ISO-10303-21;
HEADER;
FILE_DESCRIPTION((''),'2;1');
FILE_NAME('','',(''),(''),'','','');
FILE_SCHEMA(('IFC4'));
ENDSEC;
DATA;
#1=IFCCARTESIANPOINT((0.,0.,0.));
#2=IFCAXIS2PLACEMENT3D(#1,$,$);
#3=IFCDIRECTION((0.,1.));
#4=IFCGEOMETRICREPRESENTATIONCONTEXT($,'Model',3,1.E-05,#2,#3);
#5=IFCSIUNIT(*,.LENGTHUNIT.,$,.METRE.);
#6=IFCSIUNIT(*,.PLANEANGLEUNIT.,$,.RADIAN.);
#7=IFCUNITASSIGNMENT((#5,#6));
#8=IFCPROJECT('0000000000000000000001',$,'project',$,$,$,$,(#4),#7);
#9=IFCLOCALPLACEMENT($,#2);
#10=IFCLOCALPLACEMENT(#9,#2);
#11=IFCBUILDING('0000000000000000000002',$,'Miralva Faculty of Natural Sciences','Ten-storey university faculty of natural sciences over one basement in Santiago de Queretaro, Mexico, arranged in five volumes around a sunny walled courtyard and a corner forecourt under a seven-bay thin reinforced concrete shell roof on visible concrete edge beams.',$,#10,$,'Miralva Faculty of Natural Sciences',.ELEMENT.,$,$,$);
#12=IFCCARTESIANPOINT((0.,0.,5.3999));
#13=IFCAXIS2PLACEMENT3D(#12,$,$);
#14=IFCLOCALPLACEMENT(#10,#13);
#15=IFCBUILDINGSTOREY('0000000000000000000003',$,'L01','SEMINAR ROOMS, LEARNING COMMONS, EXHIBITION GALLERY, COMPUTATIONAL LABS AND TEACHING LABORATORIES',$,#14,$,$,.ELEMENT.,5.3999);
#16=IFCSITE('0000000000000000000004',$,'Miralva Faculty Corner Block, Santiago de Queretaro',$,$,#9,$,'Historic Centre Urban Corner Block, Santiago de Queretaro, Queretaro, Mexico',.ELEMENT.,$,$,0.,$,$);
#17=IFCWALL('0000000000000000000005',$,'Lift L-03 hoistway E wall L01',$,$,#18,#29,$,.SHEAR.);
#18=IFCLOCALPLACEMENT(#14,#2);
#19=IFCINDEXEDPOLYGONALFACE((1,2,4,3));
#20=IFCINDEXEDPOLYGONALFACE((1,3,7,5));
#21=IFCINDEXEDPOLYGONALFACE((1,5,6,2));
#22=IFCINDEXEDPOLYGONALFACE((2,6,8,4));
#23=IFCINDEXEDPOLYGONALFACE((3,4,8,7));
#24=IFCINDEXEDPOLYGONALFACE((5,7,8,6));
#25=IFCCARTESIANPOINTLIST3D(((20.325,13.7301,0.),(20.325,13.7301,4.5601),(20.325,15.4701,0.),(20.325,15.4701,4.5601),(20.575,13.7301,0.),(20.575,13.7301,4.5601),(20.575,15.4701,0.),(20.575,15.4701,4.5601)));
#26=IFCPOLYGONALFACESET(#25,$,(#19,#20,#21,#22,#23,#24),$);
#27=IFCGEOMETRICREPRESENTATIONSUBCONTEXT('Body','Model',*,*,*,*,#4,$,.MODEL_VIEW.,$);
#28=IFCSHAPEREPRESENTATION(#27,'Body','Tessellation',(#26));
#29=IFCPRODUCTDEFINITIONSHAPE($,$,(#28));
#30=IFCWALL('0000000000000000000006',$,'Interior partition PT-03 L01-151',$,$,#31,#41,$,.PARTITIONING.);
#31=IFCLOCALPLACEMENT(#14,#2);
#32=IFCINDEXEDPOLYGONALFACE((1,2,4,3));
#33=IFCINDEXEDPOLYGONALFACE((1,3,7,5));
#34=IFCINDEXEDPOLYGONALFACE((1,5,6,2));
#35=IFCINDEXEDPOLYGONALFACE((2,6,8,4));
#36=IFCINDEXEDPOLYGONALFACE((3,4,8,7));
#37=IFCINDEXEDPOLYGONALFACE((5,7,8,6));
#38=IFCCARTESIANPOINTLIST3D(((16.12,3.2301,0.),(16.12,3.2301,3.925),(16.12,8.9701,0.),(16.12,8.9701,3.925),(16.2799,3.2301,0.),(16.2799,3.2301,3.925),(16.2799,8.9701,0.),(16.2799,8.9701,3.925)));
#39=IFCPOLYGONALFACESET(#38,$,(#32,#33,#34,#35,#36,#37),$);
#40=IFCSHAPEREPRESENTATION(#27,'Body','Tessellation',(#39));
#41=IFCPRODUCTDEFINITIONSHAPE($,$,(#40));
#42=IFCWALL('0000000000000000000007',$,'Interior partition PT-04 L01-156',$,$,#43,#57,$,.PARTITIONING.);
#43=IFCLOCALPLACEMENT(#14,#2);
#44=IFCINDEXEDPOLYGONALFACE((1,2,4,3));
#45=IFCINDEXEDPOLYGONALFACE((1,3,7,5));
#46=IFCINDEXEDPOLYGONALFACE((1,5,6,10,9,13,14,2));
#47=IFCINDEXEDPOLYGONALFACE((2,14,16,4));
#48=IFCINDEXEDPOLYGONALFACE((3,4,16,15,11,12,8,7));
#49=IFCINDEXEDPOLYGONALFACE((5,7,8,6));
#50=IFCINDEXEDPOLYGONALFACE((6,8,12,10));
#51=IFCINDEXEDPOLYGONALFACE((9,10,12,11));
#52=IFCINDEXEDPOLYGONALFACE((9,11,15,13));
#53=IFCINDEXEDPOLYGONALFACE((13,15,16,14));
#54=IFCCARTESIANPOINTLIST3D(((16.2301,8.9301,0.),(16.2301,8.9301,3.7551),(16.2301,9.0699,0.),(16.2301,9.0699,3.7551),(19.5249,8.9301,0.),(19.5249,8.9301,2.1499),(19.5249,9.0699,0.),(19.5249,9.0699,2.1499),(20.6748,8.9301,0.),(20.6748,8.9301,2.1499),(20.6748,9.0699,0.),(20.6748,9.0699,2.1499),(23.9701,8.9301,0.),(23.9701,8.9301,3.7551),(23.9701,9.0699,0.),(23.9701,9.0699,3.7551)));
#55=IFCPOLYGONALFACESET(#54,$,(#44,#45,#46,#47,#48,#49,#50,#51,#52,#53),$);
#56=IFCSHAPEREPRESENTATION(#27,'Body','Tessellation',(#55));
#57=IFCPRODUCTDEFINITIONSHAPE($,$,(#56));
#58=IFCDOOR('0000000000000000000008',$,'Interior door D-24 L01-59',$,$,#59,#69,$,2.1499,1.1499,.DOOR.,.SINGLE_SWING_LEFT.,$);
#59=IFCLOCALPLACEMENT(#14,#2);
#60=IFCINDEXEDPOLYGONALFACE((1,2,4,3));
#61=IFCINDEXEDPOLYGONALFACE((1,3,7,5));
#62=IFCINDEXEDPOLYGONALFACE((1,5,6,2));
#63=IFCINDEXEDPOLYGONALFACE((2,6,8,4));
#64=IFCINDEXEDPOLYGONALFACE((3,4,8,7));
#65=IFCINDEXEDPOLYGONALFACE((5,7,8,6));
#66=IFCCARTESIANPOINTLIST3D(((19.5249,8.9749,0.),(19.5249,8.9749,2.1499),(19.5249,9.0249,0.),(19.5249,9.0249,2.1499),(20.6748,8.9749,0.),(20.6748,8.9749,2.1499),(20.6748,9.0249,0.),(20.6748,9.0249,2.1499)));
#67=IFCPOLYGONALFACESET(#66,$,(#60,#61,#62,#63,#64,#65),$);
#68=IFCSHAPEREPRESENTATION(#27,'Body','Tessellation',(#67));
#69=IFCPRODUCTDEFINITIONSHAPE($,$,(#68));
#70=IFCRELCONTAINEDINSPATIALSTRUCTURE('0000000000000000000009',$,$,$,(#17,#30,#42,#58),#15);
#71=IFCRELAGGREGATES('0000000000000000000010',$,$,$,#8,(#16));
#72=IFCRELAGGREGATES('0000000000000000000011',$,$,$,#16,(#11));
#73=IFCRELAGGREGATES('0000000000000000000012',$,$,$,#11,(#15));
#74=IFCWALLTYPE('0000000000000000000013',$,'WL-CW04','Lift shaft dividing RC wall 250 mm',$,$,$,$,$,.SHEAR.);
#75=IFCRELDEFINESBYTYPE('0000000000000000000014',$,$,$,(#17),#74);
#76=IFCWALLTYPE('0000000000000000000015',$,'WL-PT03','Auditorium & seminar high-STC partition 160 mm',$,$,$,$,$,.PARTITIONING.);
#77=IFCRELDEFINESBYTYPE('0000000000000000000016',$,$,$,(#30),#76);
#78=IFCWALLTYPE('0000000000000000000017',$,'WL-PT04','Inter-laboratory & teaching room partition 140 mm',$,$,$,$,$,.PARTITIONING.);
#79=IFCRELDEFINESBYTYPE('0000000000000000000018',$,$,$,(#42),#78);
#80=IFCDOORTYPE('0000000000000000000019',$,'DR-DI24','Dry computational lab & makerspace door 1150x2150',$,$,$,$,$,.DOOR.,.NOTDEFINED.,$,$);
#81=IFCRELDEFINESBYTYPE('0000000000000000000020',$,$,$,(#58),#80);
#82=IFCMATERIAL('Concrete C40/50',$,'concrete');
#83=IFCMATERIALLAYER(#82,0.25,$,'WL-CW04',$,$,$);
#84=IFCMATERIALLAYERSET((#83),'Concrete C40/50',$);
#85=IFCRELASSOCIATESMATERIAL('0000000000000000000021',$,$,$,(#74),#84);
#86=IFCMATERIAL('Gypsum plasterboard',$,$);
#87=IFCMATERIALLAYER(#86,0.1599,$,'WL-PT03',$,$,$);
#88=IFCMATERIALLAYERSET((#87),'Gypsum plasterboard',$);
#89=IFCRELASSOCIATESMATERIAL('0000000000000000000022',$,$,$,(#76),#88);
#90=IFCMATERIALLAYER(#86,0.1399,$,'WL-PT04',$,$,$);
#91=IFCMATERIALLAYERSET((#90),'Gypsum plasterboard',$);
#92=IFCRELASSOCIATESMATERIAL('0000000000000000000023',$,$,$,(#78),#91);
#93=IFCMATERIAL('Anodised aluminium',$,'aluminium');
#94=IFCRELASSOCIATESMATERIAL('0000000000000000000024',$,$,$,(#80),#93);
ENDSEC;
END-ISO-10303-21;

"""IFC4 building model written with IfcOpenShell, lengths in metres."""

from ifc_helpers import new_model, si_unit, direction, frame, frame_2d, origin, place, context, subcontext, project, spatial, rectangle, extrude, material, layer, layer_set, type_object, element, fill, save


model = new_model("IFC4")

# Units and contexts
model_context = context("Model", 3, precision=1e-05, world=origin(), true_north=direction((0.0, 1.0)))
body_context = subcontext(model_context, "Body", "Model", "MODEL_VIEW")
ifc_project = project(units=[si_unit("LENGTHUNIT", "METRE"), si_unit("PLANEANGLEUNIT", "RADIAN")], contexts=[model_context])

# Site, building, storey
site_placement = place(None, origin())
site = spatial("IfcSite", under=ifc_project, at=site_placement, Name="Miralva Faculty Corner Block, Santiago de Queretaro", LongName="Historic Centre Urban Corner Block, Santiago de Queretaro, Queretaro, Mexico", CompositionType="ELEMENT", RefElevation=0.0)
building_placement = place(site_placement, origin())
building = spatial("IfcBuilding", under=site, at=building_placement, Name="Miralva Faculty of Natural Sciences", Description="Ten-storey university faculty of natural sciences over one basement in Santiago de Queretaro, Mexico, arranged in five volumes around a sunny walled courtyard and a corner forecourt under a seven-bay thin reinforced concrete shell roof on visible concrete edge beams.", LongName="Miralva Faculty of Natural Sciences", CompositionType="ELEMENT")
storey_placement = place(building_placement, frame((0.0, 0.0, 5.3999)))
storey = spatial("IfcBuildingStorey", under=building, at=storey_placement, Name="L01", Description="SEMINAR ROOMS, LEARNING COMMONS, EXHIBITION GALLERY, COMPUTATIONAL LABS AND TEACHING LABORATORIES", CompositionType="ELEMENT", Elevation=5.3999)

# Shared definitions
ifc_material_1 = material(Name="Concrete C40/50", Category="concrete")

# Shared definitions
ifc_layer_1 = layer(ifc_material_1, 0.25, Name="WL-CW04")
ifc_layer_set_1 = layer_set([ifc_layer_1], Name="Concrete C40/50")
wall_type_1 = type_object("IfcWallType", Name="WL-CW04", Description="Lift shaft dividing RC wall 250 mm", PredefinedType="SHEAR", material=ifc_layer_set_1)

# Walls
wall_1_placement = place(storey_placement, frame((20.45, 13.73, 0.0), z_axis=(0.0, 0.0, 1.0), x_axis=(0.0, 1.0, 0.0)))
element("IfcWall", 1, at=wall_1_placement, inside=storey, type_object=wall_type_1, Name="Lift L-03 hoistway E wall L01", PredefinedType="SHEAR", context=body_context, shape_type="SweptSolid", body=[
    extrude(rectangle(XDim=1.74, YDim=0.25, at=frame_2d((0.8701, 0.0))), origin(), (0.0, 0.0, 1.0), 4.5601),
])
ifc_material_2 = material(Name="Gypsum plasterboard")
ifc_layer_2 = layer(ifc_material_2, 0.1599, Name="WL-PT03")
ifc_layer_set_2 = layer_set([ifc_layer_2], Name="Gypsum plasterboard")
wall_type_2 = type_object("IfcWallType", Name="WL-PT03", Description="Auditorium & seminar high-STC partition 160 mm", PredefinedType="PARTITIONING", material=ifc_layer_set_2)
wall_2_placement = place(storey_placement, frame((16.2, 3.23, 0.0), z_axis=(0.0, 0.0, 1.0), x_axis=(0.0, 1.0, 0.0)))
element("IfcWall", 2, at=wall_2_placement, inside=storey, type_object=wall_type_2, Name="Interior partition PT-03 L01-151", PredefinedType="PARTITIONING", context=body_context, shape_type="SweptSolid", body=[
    extrude(rectangle(XDim=5.74, YDim=0.1599, at=frame_2d((2.8701, 0.0))), origin(), (0.0, 0.0, 1.0), 3.925),
])

# Wall, opening, door
ifc_layer_3 = layer(ifc_material_2, 0.1399, Name="WL-PT04")
ifc_layer_set_3 = layer_set([ifc_layer_3], Name="Gypsum plasterboard")
wall_type_3 = type_object("IfcWallType", Name="WL-PT04", Description="Inter-laboratory & teaching room partition 140 mm", PredefinedType="PARTITIONING", material=ifc_layer_set_3)
wall_3_placement = place(storey_placement, frame((16.23, 9.0, 0.0), z_axis=(0.0, 0.0, 1.0), x_axis=(1.0, 0.0, 0.0)))
wall_3 = element("IfcWall", 3, at=wall_3_placement, inside=storey, type_object=wall_type_3, Name="Interior partition PT-04 L01-156", PredefinedType="PARTITIONING", context=body_context, shape_type="SweptSolid", body=[
    extrude(rectangle(XDim=7.74, YDim=0.1399, at=frame_2d((3.8701, 0.0))), origin(), (0.0, 0.0, 1.0), 3.7551),
])
opening_1_placement = place(wall_3_placement, frame((3.2949, 0.0, 0.0)))
opening_1 = element("IfcOpeningElement", 4, at=opening_1_placement, cuts=wall_3, PredefinedType="OPENING", context=body_context, shape_type="SweptSolid", body=[
    extrude(rectangle(XDim=1.1499, YDim=2.1499, at=frame_2d((0.575, 1.075))), frame((0.0, 0.0798, 0.0), z_axis=(0.0, -1.0, 0.0), x_axis=(1.0, 0.0, 0.0)), (0.0, 0.0, 1.0), 0.1599),
])
ifc_material_3 = material(Name="Anodised aluminium", Category="aluminium")
door_type_1 = type_object("IfcDoorType", Name="DR-DI24", Description="Dry computational lab & makerspace door 1150x2150", OperationType="NOTDEFINED", PredefinedType="DOOR", material=ifc_material_3)
door_1_placement = place(opening_1_placement, origin())
door_1 = element("IfcDoor", 5, at=door_1_placement, inside=storey, type_object=door_type_1, Name="Interior door D-24 L01-59", OperationType="SINGLE_SWING_LEFT", OverallHeight=2.1499, OverallWidth=1.1499, PredefinedType="DOOR", context=body_context, shape_type="SweptSolid", body=[
    extrude(rectangle(XDim=1.1499, YDim=2.1499, at=frame_2d((0.575, 1.075))), frame((0.0, 0.0249, 0.0), z_axis=(0.0, -1.0, 0.0), x_axis=(1.0, 0.0, 0.0)), (0.0, 0.0, 1.0), 0.05),
])
fill(opening_1, door_1)

save(model, "model.ifc")
